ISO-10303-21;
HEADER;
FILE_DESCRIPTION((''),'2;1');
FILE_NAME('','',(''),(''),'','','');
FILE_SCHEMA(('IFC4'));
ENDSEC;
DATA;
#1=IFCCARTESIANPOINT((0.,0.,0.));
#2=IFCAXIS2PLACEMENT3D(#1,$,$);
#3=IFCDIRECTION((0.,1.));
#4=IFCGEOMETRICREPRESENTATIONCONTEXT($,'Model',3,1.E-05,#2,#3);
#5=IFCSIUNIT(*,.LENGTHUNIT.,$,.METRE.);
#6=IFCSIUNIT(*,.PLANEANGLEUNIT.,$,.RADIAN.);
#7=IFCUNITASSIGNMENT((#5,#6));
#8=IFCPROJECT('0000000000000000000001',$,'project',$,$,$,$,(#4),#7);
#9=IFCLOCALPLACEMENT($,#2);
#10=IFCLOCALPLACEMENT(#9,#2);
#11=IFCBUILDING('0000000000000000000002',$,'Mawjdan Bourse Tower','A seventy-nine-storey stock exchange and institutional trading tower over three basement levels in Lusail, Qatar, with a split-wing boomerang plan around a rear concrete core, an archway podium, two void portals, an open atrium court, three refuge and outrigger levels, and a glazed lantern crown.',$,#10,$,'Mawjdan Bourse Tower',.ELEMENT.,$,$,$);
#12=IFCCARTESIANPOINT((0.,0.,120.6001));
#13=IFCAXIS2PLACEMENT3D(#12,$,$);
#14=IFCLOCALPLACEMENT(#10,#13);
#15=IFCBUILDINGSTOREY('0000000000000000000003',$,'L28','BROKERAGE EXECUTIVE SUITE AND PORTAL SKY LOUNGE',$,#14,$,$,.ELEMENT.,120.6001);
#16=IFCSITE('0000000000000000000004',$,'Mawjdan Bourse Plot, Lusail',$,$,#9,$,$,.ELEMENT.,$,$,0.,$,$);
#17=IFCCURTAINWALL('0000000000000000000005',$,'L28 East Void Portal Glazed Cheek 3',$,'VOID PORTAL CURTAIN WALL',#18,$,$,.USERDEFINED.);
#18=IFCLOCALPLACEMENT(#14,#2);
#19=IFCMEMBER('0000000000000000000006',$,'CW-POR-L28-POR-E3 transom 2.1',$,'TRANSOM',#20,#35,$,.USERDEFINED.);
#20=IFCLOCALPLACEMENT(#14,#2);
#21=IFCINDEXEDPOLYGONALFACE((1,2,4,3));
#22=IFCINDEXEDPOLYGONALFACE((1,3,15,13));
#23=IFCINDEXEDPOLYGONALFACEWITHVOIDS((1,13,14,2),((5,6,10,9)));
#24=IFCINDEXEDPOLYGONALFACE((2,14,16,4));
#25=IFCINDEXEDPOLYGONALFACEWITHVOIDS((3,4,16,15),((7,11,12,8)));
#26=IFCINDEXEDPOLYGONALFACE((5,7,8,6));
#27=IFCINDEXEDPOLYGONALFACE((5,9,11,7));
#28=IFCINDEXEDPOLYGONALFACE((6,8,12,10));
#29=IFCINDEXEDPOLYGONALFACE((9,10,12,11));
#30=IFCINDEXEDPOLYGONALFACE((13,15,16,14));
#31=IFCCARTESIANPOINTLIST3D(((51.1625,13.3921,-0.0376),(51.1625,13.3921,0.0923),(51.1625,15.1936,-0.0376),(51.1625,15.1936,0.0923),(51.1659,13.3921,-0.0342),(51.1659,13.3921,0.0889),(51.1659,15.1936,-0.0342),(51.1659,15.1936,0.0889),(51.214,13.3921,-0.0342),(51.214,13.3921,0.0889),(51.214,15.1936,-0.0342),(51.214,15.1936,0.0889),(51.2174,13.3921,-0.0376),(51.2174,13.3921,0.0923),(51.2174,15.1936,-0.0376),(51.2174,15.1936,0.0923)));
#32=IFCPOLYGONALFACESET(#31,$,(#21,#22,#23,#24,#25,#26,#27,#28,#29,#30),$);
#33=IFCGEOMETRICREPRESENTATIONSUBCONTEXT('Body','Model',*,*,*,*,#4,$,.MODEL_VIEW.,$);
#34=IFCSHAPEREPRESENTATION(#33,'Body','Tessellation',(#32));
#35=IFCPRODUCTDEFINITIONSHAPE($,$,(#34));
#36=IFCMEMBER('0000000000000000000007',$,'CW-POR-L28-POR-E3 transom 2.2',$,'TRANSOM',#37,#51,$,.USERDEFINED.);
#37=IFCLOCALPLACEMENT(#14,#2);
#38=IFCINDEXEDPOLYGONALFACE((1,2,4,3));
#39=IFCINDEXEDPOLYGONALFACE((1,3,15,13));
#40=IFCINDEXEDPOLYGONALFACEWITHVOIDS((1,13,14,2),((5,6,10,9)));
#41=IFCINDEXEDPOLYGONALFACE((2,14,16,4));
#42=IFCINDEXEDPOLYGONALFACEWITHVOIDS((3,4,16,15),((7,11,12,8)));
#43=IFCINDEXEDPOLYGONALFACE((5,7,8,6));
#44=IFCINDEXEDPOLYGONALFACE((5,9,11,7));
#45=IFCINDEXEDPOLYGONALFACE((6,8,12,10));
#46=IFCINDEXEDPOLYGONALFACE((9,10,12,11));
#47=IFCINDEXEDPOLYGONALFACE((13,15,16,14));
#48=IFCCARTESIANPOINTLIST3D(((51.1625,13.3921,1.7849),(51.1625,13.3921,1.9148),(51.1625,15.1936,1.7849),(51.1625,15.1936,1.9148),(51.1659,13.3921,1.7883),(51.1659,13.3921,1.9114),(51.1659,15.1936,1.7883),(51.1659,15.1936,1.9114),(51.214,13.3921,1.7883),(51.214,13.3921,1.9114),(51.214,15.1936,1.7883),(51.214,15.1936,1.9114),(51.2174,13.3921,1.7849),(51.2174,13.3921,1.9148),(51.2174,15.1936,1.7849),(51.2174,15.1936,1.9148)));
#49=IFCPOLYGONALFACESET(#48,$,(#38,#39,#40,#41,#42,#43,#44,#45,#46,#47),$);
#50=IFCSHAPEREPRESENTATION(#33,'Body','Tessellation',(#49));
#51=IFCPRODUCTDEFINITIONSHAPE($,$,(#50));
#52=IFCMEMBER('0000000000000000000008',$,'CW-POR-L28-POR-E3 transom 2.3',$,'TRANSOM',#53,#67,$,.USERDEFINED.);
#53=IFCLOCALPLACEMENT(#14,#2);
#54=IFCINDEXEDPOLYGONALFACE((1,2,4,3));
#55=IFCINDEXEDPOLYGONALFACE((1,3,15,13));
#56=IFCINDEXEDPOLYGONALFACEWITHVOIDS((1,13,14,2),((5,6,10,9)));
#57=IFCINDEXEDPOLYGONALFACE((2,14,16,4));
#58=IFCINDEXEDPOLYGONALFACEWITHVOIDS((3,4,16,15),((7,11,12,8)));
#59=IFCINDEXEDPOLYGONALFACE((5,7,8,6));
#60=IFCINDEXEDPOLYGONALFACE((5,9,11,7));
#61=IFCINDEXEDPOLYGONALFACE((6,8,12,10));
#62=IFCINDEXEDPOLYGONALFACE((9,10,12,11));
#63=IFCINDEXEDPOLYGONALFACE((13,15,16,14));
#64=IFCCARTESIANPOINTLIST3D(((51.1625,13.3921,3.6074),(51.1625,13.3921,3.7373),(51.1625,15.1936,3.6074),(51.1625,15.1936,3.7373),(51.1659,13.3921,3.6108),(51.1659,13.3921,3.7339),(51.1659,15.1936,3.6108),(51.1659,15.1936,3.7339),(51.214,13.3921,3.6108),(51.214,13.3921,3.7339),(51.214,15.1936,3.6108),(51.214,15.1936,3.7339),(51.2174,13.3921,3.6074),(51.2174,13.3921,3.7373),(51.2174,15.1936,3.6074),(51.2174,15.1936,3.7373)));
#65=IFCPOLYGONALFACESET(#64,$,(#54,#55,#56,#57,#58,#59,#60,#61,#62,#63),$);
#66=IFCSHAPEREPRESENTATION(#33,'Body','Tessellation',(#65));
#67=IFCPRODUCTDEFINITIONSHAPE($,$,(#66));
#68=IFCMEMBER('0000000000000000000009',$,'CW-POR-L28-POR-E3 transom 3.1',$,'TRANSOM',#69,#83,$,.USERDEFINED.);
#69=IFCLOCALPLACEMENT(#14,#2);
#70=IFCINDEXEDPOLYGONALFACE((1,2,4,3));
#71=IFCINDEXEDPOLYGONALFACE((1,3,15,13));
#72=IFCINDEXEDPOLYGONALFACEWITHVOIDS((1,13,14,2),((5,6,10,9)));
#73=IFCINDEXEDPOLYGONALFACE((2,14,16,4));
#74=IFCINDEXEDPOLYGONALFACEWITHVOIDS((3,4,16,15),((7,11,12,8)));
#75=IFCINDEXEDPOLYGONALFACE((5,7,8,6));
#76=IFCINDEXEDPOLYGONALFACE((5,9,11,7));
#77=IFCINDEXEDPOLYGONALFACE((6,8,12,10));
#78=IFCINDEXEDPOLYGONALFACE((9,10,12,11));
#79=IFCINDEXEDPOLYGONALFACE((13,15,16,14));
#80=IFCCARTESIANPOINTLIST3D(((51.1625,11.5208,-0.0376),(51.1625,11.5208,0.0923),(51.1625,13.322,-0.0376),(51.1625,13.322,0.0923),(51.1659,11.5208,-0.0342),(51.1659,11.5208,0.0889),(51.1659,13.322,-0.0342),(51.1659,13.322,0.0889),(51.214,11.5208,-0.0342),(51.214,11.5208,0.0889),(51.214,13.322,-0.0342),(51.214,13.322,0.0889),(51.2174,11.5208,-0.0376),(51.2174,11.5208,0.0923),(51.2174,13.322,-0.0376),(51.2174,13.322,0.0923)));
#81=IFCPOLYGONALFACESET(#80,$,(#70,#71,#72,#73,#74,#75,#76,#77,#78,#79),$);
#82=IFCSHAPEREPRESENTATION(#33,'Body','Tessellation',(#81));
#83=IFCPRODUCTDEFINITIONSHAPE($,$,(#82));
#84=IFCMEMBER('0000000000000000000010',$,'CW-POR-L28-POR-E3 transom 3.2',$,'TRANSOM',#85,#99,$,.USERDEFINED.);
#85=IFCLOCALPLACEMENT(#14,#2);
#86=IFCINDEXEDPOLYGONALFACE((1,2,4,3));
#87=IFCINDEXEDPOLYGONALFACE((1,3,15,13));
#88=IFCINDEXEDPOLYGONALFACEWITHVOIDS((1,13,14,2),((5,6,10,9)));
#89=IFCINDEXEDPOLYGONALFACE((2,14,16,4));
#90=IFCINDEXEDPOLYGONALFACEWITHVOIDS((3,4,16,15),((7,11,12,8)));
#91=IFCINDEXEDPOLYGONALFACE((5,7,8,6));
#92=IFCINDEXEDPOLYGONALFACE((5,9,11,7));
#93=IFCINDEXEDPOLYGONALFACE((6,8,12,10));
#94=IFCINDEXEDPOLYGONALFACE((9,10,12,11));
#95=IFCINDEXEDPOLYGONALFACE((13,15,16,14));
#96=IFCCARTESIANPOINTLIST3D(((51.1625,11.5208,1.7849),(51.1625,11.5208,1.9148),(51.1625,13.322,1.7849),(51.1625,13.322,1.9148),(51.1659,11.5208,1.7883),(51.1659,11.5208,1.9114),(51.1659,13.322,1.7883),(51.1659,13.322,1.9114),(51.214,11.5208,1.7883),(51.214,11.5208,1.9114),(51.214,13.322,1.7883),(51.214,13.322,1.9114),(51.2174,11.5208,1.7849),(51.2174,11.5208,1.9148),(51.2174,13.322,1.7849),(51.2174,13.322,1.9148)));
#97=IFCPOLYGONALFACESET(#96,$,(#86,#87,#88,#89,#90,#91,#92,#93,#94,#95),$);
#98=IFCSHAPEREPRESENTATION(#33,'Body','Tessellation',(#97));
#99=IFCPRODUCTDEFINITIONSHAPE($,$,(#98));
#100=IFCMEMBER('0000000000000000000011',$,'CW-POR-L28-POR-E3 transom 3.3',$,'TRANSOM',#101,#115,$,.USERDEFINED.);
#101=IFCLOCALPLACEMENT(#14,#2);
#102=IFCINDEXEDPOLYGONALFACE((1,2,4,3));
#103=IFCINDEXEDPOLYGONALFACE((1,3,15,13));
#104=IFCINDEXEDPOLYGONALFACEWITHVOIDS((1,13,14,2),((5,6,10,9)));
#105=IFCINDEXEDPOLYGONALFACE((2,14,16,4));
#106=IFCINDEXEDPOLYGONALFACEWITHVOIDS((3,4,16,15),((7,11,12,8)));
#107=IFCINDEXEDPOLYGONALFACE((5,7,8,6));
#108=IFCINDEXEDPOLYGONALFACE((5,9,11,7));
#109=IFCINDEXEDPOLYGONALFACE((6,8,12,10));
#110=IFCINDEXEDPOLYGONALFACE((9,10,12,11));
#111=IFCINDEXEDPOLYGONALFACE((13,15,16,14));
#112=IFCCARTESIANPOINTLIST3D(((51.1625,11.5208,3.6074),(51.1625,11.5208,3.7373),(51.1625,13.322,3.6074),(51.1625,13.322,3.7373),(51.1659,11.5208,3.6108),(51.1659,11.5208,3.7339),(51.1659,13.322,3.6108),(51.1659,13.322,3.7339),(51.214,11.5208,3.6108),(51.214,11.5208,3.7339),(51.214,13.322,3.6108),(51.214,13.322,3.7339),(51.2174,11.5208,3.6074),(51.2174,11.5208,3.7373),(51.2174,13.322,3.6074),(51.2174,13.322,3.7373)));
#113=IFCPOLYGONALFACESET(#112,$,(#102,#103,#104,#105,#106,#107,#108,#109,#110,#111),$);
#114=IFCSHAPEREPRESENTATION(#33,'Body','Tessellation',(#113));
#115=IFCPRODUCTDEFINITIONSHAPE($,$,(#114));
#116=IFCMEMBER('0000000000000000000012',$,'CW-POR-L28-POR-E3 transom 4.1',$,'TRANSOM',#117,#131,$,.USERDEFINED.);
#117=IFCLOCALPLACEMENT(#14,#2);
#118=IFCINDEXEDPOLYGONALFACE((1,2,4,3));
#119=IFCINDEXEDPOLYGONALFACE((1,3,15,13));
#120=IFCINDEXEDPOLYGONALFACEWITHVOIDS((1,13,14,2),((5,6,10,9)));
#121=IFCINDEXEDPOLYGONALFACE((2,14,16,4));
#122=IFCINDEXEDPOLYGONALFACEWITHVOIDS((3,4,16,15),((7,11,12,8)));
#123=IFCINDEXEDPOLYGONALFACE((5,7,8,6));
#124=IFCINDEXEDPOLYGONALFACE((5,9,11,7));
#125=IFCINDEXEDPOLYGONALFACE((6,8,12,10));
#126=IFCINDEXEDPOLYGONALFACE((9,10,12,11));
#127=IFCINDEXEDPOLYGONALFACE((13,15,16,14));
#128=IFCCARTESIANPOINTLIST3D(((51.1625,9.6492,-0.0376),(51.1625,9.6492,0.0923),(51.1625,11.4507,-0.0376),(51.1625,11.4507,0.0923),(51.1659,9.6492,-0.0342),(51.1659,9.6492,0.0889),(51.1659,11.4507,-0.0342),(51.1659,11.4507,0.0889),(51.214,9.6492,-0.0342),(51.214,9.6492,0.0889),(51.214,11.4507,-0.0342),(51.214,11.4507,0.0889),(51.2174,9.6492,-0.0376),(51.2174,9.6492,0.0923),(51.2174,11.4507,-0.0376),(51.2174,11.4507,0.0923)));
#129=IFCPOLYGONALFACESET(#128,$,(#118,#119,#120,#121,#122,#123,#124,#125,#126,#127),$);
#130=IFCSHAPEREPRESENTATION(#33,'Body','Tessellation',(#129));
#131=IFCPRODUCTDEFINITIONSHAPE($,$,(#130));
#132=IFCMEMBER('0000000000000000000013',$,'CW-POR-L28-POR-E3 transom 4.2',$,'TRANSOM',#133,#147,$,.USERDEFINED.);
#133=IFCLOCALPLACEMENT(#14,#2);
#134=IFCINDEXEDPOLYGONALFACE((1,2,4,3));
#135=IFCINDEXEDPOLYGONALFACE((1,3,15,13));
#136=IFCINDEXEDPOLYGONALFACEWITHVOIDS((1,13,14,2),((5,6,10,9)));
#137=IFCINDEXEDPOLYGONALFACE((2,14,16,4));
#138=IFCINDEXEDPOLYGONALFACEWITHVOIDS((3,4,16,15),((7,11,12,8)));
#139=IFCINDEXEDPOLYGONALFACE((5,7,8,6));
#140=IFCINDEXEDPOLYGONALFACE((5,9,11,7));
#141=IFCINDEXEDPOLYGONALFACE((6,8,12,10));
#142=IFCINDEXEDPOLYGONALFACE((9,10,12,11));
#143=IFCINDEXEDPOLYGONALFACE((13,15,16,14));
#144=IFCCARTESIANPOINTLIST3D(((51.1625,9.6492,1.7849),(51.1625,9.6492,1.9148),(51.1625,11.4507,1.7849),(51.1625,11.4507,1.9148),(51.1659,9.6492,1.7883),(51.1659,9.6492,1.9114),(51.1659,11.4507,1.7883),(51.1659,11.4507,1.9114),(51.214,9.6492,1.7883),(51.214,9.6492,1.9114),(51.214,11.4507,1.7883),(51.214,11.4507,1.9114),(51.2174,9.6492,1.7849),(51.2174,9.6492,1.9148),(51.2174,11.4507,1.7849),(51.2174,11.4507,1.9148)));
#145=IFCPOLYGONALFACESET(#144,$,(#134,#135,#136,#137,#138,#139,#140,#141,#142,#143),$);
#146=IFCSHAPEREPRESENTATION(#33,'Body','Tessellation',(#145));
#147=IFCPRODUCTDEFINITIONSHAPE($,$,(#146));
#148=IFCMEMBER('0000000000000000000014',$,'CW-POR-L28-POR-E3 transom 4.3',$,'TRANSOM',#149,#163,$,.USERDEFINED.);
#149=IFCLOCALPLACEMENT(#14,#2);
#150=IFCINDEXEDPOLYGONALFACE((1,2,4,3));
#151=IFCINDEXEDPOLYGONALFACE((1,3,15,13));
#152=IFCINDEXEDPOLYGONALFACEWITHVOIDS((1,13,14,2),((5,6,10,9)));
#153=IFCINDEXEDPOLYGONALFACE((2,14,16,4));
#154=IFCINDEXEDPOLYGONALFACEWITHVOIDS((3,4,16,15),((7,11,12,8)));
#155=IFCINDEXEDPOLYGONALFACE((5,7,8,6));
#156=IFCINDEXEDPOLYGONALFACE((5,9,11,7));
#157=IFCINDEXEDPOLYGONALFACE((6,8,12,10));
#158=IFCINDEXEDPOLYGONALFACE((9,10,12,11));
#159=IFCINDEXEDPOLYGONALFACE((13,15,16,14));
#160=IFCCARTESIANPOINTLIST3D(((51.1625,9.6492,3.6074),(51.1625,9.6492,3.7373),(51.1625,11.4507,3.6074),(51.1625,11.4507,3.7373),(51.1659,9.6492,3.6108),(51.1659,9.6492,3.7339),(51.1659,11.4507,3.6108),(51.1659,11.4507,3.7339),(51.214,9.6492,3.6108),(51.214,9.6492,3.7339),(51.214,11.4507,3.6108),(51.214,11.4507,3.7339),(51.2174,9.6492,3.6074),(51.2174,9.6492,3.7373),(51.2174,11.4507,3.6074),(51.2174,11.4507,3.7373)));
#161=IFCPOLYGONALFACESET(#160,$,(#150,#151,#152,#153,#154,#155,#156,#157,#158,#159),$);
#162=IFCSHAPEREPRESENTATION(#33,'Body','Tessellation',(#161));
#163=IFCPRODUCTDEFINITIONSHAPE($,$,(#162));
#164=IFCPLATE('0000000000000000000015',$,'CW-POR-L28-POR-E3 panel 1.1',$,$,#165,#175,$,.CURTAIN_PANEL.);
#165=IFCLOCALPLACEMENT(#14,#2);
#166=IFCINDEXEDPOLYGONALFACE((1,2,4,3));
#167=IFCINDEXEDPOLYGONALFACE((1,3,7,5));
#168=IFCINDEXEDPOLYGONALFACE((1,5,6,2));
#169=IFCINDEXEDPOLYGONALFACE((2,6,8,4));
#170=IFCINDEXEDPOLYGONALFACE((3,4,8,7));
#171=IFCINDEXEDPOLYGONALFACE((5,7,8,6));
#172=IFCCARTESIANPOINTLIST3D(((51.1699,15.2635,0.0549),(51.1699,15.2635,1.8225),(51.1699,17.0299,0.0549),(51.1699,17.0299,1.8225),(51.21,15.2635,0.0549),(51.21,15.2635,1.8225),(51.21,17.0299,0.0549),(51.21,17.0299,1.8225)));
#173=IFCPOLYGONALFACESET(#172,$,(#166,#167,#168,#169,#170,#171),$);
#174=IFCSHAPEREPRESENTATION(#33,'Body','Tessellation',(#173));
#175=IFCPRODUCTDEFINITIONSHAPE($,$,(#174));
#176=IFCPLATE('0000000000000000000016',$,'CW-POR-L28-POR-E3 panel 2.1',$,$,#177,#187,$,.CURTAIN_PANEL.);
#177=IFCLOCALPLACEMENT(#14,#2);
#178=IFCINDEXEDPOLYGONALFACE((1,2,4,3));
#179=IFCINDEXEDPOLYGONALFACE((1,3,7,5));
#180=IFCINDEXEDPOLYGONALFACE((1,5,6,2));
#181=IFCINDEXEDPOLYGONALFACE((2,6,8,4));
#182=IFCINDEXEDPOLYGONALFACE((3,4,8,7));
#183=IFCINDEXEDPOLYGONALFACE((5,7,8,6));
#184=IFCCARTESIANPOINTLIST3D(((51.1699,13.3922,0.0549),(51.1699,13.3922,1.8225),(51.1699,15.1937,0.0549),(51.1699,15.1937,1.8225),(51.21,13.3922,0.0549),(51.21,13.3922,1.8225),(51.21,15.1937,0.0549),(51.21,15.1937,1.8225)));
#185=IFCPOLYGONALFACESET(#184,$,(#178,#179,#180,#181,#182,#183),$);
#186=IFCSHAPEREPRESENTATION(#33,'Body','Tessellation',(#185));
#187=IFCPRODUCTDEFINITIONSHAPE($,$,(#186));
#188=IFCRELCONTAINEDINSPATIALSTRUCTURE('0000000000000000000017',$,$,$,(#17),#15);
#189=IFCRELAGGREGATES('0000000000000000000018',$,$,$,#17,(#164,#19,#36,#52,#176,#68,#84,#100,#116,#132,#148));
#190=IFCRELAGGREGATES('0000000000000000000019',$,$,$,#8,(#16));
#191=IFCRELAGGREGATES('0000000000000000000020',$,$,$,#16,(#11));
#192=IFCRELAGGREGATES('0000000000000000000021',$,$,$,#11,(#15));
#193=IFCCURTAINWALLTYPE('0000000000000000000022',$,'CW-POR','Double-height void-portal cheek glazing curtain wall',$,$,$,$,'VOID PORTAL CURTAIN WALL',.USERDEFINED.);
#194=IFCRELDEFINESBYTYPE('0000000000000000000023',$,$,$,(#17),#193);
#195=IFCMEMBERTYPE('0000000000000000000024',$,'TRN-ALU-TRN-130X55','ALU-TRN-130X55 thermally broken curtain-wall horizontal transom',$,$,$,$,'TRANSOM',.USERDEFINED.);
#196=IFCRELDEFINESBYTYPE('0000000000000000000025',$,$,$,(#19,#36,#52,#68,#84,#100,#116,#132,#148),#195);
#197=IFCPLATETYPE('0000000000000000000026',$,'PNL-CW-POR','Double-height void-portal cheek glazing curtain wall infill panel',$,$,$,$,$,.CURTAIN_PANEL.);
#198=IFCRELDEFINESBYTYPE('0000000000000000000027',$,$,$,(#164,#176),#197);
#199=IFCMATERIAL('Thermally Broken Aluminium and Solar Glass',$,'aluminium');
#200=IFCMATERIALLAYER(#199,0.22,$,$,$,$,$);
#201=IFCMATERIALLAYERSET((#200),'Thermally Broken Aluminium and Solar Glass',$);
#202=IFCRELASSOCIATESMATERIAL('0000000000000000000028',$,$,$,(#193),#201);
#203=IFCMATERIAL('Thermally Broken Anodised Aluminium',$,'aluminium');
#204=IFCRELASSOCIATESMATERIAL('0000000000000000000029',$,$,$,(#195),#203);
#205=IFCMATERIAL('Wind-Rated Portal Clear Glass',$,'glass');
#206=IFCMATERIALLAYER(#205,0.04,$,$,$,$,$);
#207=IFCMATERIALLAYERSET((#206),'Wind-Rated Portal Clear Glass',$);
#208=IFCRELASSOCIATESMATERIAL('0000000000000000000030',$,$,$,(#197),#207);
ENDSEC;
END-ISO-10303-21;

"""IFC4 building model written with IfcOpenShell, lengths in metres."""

from ifc_helpers import new_model, si_unit, direction, frame, origin, origin_2d, place, context, subcontext, project, spatial, rectangle, hollow_rectangle, extrude, material, layer, layer_set, material_profile, profile_set, type_object, element, aggregate, save


model = new_model("IFC4")

# Units and contexts
model_context = context("Model", 3, precision=1e-05, world=origin(), true_north=direction((0.0, 1.0)))
body_context = subcontext(model_context, "Body", "Model", "MODEL_VIEW")
ifc_project = project(units=[si_unit("LENGTHUNIT", "METRE"), si_unit("PLANEANGLEUNIT", "RADIAN")], contexts=[model_context])

# Site, building, storey
site_placement = place(None, origin())
site = spatial("IfcSite", under=ifc_project, at=site_placement, Name="Mawjdan Bourse Plot, Lusail", CompositionType="ELEMENT", RefElevation=0.0)
building_placement = place(site_placement, origin())
building = spatial("IfcBuilding", under=site, at=building_placement, Name="Mawjdan Bourse Tower", Description="A seventy-nine-storey stock exchange and institutional trading tower over three basement levels in Lusail, Qatar, with a split-wing boomerang plan around a rear concrete core, an archway podium, two void portals, an open atrium court, three refuge and outrigger levels, and a glazed lantern crown.", LongName="Mawjdan Bourse Tower", CompositionType="ELEMENT")
storey_placement = place(building_placement, frame((0.0, 0.0, 120.6001)))
storey = spatial("IfcBuildingStorey", under=building, at=storey_placement, Name="L28", Description="BROKERAGE EXECUTIVE SUITE AND PORTAL SKY LOUNGE", CompositionType="ELEMENT", Elevation=120.6001)

# Curtain wall, members, plates
ifc_material_1 = material(Name="Thermally Broken Aluminium and Solar Glass", Category="aluminium")
ifc_layer_1 = layer(ifc_material_1, 0.22)
ifc_layer_set_1 = layer_set([ifc_layer_1], Name="Thermally Broken Aluminium and Solar Glass")
curtain_wall_type = type_object("IfcCurtainWallType", Name="CW-POR", Description="Double-height void-portal cheek glazing curtain wall", ElementType="VOID PORTAL CURTAIN WALL", PredefinedType="USERDEFINED", material=ifc_layer_set_1)
curtain_wall_placement = place(storey_placement, origin())
curtain_wall = element("IfcCurtainWall", 1, at=curtain_wall_placement, inside=storey, type_object=curtain_wall_type, Name="L28 East Void Portal Glazed Cheek 3", ObjectType="VOID PORTAL CURTAIN WALL", PredefinedType="USERDEFINED")
ifc_material_2 = material(Name="Thermally Broken Anodised Aluminium", Category="aluminium")
ifc_material_profile_1 = material_profile(ifc_material_2, hollow_rectangle(XDim=0.0549, YDim=0.1299, WallThickness=0.0034, at=origin_2d()), Name="ALU-TRN-130X55")
ifc_profile_set_1 = profile_set([ifc_material_profile_1], Name="Thermally Broken Anodised Aluminium")
member_type_1 = type_object("IfcMemberType", Name="TRN-ALU-TRN-130X55", Description="ALU-TRN-130X55 thermally broken curtain-wall horizontal transom", ElementType="TRANSOM", PredefinedType="USERDEFINED", material=ifc_profile_set_1)
member_1_placement = place(storey_placement, frame((51.1899, 15.1936, 0.0273), z_axis=(0.0, -1.0, 0.0), x_axis=(1.0, 0.0, 0.0)))
member_1 = element("IfcMember", 2, at=member_1_placement, type_object=member_type_1, Name="CW-POR-L28-POR-E3 transom 2.1", ObjectType="TRANSOM", PredefinedType="USERDEFINED", context=body_context, shape_type="SweptSolid", body=[
    extrude(hollow_rectangle(XDim=0.0549, YDim=0.1299, WallThickness=0.0034, at=origin_2d()), origin(), (0.0, 0.0, 1.0), 1.8015),
])
member_2_placement = place(storey_placement, frame((51.1899, 15.1936, 1.8499), z_axis=(0.0, -1.0, 0.0), x_axis=(1.0, 0.0, 0.0)))
member_2 = element("IfcMember", 3, at=member_2_placement, type_object=member_type_1, Name="CW-POR-L28-POR-E3 transom 2.2", ObjectType="TRANSOM", PredefinedType="USERDEFINED", context=body_context, shape_type="SweptSolid", body=[
    extrude(hollow_rectangle(XDim=0.0549, YDim=0.1299, WallThickness=0.0034, at=origin_2d()), origin(), (0.0, 0.0, 1.0), 1.8015),
])
member_3_placement = place(storey_placement, frame((51.1899, 15.1936, 3.6724), z_axis=(0.0, -1.0, 0.0), x_axis=(1.0, 0.0, 0.0)))
member_3 = element("IfcMember", 4, at=member_3_placement, type_object=member_type_1, Name="CW-POR-L28-POR-E3 transom 2.3", ObjectType="TRANSOM", PredefinedType="USERDEFINED", context=body_context, shape_type="SweptSolid", body=[
    extrude(hollow_rectangle(XDim=0.0549, YDim=0.1299, WallThickness=0.0034, at=origin_2d()), origin(), (0.0, 0.0, 1.0), 1.8015),
])
member_4_placement = place(storey_placement, frame((51.1899, 13.322, 0.0273), z_axis=(0.0, -1.0, 0.0), x_axis=(1.0, 0.0, 0.0)))
member_4 = element("IfcMember", 5, at=member_4_placement, type_object=member_type_1, Name="CW-POR-L28-POR-E3 transom 3.1", ObjectType="TRANSOM", PredefinedType="USERDEFINED", context=body_context, shape_type="SweptSolid", body=[
    extrude(hollow_rectangle(XDim=0.0549, YDim=0.1299, WallThickness=0.0034, at=origin_2d()), origin(), (0.0, 0.0, 1.0), 1.8013),
])
member_5_placement = place(storey_placement, frame((51.1899, 13.322, 1.8499), z_axis=(0.0, -1.0, 0.0), x_axis=(1.0, 0.0, 0.0)))
member_5 = element("IfcMember", 6, at=member_5_placement, type_object=member_type_1, Name="CW-POR-L28-POR-E3 transom 3.2", ObjectType="TRANSOM", PredefinedType="USERDEFINED", context=body_context, shape_type="SweptSolid", body=[
    extrude(hollow_rectangle(XDim=0.0549, YDim=0.1299, WallThickness=0.0034, at=origin_2d()), origin(), (0.0, 0.0, 1.0), 1.8013),
])
member_6_placement = place(storey_placement, frame((51.1899, 13.322, 3.6724), z_axis=(0.0, -1.0, 0.0), x_axis=(1.0, 0.0, 0.0)))
member_6 = element("IfcMember", 7, at=member_6_placement, type_object=member_type_1, Name="CW-POR-L28-POR-E3 transom 3.3", ObjectType="TRANSOM", PredefinedType="USERDEFINED", context=body_context, shape_type="SweptSolid", body=[
    extrude(hollow_rectangle(XDim=0.0549, YDim=0.1299, WallThickness=0.0034, at=origin_2d()), origin(), (0.0, 0.0, 1.0), 1.8013),
])
member_7_placement = place(storey_placement, frame((51.1899, 11.4507, 0.0273), z_axis=(0.0, -1.0, 0.0), x_axis=(1.0, 0.0, 0.0)))
member_7 = element("IfcMember", 8, at=member_7_placement, type_object=member_type_1, Name="CW-POR-L28-POR-E3 transom 4.1", ObjectType="TRANSOM", PredefinedType="USERDEFINED", context=body_context, shape_type="SweptSolid", body=[
    extrude(hollow_rectangle(XDim=0.0549, YDim=0.1299, WallThickness=0.0034, at=origin_2d()), origin(), (0.0, 0.0, 1.0), 1.8015),
])
member_8_placement = place(storey_placement, frame((51.1899, 11.4507, 1.8499), z_axis=(0.0, -1.0, 0.0), x_axis=(1.0, 0.0, 0.0)))
member_8 = element("IfcMember", 9, at=member_8_placement, type_object=member_type_1, Name="CW-POR-L28-POR-E3 transom 4.2", ObjectType="TRANSOM", PredefinedType="USERDEFINED", context=body_context, shape_type="SweptSolid", body=[
    extrude(hollow_rectangle(XDim=0.0549, YDim=0.1299, WallThickness=0.0034, at=origin_2d()), origin(), (0.0, 0.0, 1.0), 1.8015),
])
member_9_placement = place(storey_placement, frame((51.1899, 11.4507, 3.6724), z_axis=(0.0, -1.0, 0.0), x_axis=(1.0, 0.0, 0.0)))
member_9 = element("IfcMember", 10, at=member_9_placement, type_object=member_type_1, Name="CW-POR-L28-POR-E3 transom 4.3", ObjectType="TRANSOM", PredefinedType="USERDEFINED", context=body_context, shape_type="SweptSolid", body=[
    extrude(hollow_rectangle(XDim=0.0549, YDim=0.1299, WallThickness=0.0034, at=origin_2d()), origin(), (0.0, 0.0, 1.0), 1.8015),
])
ifc_material_3 = material(Name="Wind-Rated Portal Clear Glass", Category="glass")
ifc_layer_2 = layer(ifc_material_3, 0.04)
ifc_layer_set_2 = layer_set([ifc_layer_2], Name="Wind-Rated Portal Clear Glass")
plate_type = type_object("IfcPlateType", Name="PNL-CW-POR", Description="Double-height void-portal cheek glazing curtain wall infill panel", PredefinedType="CURTAIN_PANEL", material=ifc_layer_set_2)
plate_1_placement = place(storey_placement, frame((51.1899, 16.1467, 0.0549), z_axis=(0.0, 0.0, 1.0), x_axis=(0.0, -1.0, 0.0)))
plate_1 = element("IfcPlate", 11, at=plate_1_placement, type_object=plate_type, Name="CW-POR-L28-POR-E3 panel 1.1", PredefinedType="CURTAIN_PANEL", context=body_context, shape_type="SweptSolid", body=[
    extrude(rectangle(XDim=1.7664, YDim=0.04, at=origin_2d()), origin(), (0.0, 0.0, 1.0), 1.7676),
])
plate_2_placement = place(storey_placement, frame((51.1899, 14.293, 0.0549), z_axis=(0.0, 0.0, 1.0), x_axis=(0.0, -1.0, 0.0)))
plate_2 = element("IfcPlate", 12, at=plate_2_placement, type_object=plate_type, Name="CW-POR-L28-POR-E3 panel 2.1", PredefinedType="CURTAIN_PANEL", context=body_context, shape_type="SweptSolid", body=[
    extrude(rectangle(XDim=1.8015, YDim=0.04, at=origin_2d()), origin(), (0.0, 0.0, 1.0), 1.7676),
])
aggregate(curtain_wall, [plate_1, member_1, member_2, member_3, plate_2, member_4, member_5, member_6, member_7, member_8, member_9])

save(model, "model.ifc")
